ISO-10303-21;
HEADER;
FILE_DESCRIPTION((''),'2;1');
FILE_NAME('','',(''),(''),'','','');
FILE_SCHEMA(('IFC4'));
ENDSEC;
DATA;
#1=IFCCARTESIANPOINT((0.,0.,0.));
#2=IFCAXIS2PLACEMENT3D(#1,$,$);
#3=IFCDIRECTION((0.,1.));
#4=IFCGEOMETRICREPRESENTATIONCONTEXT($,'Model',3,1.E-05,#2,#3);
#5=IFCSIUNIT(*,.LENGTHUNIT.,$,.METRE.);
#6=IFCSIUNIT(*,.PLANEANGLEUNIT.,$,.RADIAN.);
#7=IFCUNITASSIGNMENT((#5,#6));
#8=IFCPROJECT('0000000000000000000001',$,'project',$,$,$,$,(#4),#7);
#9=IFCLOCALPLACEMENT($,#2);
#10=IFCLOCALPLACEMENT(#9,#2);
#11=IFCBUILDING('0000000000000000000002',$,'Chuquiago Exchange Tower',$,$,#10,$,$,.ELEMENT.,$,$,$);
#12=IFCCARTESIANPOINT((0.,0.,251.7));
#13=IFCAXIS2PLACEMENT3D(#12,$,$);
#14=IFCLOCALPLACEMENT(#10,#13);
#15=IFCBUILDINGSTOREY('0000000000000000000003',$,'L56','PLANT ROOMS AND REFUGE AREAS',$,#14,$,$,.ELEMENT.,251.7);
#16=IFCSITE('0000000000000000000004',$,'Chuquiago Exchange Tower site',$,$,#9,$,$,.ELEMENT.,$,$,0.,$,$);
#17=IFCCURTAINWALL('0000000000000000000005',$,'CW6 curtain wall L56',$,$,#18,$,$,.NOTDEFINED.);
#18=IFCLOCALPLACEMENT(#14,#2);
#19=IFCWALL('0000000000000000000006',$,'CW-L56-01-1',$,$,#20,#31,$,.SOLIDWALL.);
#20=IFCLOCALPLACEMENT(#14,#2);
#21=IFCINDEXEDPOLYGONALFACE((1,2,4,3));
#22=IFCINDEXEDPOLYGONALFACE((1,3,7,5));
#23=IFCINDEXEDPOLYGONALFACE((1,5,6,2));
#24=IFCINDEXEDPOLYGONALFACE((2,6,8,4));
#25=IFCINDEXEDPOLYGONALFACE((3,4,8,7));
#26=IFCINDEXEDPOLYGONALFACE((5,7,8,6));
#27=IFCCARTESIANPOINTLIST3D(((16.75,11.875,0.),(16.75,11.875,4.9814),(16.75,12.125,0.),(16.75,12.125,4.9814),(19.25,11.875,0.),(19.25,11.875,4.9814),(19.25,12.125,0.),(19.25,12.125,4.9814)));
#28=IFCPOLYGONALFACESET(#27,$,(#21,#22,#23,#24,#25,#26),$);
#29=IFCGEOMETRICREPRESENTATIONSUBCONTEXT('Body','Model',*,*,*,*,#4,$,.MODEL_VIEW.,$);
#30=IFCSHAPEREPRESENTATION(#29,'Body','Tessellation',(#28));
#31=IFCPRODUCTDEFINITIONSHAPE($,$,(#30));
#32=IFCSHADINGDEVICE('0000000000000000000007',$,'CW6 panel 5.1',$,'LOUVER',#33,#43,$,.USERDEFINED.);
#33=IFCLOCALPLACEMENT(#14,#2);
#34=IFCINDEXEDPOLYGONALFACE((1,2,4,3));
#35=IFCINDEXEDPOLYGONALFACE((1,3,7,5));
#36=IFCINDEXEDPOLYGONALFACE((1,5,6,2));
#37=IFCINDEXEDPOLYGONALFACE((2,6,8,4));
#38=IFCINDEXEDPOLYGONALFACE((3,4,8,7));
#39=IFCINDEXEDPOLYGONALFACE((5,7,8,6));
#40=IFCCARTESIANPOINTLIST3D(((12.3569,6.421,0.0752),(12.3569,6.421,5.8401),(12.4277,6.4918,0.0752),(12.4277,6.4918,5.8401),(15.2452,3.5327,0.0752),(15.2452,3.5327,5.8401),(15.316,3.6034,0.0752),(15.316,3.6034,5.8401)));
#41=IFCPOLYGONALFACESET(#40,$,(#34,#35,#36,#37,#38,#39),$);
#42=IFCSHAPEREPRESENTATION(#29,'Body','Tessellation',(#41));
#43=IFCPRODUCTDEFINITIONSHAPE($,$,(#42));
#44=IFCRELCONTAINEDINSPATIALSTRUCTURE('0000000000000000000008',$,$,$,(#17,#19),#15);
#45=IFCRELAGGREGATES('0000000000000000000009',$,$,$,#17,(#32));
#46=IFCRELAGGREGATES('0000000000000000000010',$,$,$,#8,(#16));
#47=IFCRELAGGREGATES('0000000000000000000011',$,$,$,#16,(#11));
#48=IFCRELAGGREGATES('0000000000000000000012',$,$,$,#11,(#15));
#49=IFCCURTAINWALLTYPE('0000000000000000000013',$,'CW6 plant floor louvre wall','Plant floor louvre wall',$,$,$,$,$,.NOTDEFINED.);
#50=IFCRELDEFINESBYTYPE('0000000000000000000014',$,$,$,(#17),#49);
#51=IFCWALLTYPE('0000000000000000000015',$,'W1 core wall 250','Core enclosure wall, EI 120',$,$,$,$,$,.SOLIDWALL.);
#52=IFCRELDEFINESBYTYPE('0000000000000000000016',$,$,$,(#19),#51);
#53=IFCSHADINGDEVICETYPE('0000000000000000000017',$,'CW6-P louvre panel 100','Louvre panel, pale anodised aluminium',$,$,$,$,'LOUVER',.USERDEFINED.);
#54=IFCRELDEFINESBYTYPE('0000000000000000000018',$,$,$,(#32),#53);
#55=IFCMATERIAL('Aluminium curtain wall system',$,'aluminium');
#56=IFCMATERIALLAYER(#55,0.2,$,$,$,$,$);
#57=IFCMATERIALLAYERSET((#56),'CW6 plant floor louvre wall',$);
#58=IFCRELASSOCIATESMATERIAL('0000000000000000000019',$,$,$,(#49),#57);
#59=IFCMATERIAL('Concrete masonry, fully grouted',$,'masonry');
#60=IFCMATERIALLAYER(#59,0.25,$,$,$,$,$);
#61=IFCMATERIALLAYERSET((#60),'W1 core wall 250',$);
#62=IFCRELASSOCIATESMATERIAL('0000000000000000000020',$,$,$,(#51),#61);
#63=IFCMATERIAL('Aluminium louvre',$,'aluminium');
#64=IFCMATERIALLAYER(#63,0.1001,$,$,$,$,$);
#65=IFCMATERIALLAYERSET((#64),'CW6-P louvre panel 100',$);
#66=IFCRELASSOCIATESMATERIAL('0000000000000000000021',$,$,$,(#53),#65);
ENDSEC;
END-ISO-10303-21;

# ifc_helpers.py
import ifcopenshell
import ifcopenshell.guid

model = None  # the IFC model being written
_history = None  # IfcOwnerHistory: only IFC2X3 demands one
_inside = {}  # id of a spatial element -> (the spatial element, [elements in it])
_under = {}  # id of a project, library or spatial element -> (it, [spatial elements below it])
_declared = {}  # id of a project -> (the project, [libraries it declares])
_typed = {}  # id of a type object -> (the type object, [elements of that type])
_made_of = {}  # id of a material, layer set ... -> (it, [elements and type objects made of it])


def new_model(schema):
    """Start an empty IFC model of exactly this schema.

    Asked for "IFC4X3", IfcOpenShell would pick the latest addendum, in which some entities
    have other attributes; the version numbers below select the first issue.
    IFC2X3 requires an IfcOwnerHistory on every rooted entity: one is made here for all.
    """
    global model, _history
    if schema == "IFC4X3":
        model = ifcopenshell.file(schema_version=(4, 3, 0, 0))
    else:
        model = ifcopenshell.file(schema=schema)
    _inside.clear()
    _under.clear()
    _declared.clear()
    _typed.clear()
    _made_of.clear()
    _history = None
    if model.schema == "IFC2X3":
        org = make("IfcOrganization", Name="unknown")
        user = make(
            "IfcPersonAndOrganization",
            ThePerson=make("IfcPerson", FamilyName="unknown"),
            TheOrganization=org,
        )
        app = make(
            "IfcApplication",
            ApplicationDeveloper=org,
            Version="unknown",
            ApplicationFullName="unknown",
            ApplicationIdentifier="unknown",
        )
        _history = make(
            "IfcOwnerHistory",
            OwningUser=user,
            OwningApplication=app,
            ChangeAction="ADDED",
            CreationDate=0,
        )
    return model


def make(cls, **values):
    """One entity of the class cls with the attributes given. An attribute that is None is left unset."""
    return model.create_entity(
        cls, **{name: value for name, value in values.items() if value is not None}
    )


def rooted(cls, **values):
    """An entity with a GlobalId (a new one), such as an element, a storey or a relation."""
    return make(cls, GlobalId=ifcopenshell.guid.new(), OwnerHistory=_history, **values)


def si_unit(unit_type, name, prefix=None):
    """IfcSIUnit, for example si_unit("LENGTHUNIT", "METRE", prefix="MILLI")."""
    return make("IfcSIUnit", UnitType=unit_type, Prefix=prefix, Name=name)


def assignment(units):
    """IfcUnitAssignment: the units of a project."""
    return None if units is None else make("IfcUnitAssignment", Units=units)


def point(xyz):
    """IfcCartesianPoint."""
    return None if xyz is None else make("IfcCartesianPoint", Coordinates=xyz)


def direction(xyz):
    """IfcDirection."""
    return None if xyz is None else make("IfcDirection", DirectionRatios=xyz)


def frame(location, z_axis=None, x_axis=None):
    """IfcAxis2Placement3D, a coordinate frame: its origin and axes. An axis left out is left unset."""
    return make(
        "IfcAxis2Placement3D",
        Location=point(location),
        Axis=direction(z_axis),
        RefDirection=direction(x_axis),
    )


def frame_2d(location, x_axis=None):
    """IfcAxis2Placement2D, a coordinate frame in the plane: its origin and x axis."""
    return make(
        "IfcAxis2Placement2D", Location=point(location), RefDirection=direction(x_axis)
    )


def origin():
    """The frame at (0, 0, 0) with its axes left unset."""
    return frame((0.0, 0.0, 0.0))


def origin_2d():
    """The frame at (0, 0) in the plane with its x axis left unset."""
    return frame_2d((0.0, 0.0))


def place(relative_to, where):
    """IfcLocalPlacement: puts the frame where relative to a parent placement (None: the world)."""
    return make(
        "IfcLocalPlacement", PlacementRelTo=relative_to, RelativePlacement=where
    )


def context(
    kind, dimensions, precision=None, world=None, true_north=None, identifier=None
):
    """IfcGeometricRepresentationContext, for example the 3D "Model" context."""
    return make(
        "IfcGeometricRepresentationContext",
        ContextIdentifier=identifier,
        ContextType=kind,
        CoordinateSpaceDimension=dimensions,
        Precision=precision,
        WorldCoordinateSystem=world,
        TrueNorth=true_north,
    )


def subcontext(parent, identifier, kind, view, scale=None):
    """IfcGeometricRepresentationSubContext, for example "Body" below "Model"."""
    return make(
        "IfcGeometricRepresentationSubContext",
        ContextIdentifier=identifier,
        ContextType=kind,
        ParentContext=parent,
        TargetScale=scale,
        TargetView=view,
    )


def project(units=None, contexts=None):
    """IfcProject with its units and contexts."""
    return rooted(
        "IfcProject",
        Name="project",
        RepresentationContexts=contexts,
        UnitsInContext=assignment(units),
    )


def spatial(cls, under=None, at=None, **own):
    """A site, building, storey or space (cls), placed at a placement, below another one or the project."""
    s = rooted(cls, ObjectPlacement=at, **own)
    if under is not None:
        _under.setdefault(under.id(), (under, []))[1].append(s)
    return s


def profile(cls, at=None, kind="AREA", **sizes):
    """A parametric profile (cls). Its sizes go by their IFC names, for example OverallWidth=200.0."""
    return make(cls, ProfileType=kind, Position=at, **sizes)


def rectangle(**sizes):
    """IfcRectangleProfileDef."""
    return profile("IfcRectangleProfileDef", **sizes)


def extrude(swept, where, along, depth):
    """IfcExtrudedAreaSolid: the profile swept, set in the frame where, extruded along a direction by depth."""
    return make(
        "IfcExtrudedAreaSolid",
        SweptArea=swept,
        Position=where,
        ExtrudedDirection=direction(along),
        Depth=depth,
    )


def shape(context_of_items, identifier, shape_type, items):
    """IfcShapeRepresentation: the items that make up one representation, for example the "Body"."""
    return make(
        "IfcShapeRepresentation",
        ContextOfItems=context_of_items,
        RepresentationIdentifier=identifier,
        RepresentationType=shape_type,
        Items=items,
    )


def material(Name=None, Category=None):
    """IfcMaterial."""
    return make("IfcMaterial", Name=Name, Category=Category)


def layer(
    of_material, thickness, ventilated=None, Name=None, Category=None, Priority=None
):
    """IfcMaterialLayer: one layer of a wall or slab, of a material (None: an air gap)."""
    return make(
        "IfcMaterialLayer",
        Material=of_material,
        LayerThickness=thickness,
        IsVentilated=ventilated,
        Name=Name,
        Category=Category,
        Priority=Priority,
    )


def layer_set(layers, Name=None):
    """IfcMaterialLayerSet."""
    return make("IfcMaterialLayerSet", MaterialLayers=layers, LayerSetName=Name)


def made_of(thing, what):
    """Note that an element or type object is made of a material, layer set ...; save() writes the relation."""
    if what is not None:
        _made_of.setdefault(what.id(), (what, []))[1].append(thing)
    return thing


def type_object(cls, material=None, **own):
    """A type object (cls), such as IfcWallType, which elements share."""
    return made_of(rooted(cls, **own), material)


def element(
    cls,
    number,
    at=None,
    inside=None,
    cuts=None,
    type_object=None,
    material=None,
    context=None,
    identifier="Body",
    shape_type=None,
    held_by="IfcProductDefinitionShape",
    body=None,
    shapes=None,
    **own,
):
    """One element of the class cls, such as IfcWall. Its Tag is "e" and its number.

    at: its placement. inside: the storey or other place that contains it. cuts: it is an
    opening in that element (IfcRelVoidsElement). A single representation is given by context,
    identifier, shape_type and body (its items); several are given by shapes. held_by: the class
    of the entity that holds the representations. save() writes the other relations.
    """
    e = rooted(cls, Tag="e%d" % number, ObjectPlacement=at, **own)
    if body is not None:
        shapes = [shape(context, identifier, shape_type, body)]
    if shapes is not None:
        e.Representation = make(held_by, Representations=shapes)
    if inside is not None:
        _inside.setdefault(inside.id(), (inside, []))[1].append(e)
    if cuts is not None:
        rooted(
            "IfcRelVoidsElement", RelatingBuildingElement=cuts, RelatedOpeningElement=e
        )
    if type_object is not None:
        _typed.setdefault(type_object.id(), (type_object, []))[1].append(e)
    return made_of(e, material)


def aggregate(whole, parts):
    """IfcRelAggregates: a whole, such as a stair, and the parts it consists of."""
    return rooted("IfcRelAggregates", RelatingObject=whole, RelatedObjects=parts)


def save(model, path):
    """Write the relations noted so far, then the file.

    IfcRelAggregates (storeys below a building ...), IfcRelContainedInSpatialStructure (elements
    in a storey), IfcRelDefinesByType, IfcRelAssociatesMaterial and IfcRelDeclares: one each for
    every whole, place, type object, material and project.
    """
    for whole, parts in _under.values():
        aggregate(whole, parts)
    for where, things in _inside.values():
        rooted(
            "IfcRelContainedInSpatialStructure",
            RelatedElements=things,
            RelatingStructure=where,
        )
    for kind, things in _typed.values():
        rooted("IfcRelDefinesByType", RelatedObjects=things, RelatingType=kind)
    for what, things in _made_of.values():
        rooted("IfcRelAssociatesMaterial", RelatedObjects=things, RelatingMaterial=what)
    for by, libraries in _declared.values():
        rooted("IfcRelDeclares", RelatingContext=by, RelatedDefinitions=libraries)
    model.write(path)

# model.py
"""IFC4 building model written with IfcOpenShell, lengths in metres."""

from ifc_helpers import new_model, si_unit, direction, frame, frame_2d, origin, origin_2d, place, context, subcontext, project, spatial, rectangle, extrude, material, layer, layer_set, type_object, element, aggregate, save


model = new_model("IFC4")

# Units and contexts
model_context = context("Model", 3, precision=1e-05, world=origin(), true_north=direction((0.0, 1.0)))
body_context = subcontext(model_context, "Body", "Model", "MODEL_VIEW")
ifc_project = project(units=[si_unit("LENGTHUNIT", "METRE"), si_unit("PLANEANGLEUNIT", "RADIAN")], contexts=[model_context])

# Site, building, storey
site_placement = place(None, origin())
site = spatial("IfcSite", under=ifc_project, at=site_placement, Name="Chuquiago Exchange Tower site", CompositionType="ELEMENT", RefElevation=0.0)
building_placement = place(site_placement, origin())
building = spatial("IfcBuilding", under=site, at=building_placement, Name="Chuquiago Exchange Tower", CompositionType="ELEMENT")
storey_placement = place(building_placement, frame((0.0, 0.0, 251.7)))
storey = spatial("IfcBuildingStorey", under=building, at=storey_placement, Name="L56", Description="PLANT ROOMS AND REFUGE AREAS", CompositionType="ELEMENT", Elevation=251.7)

# Curtain wall
ifc_material_1 = material(Name="Aluminium curtain wall system", Category="aluminium")
ifc_layer_1 = layer(ifc_material_1, 0.2)
ifc_layer_set_1 = layer_set([ifc_layer_1], Name="CW6 plant floor louvre wall")
curtain_wall_type = type_object("IfcCurtainWallType", Name="CW6 plant floor louvre wall", Description="Plant floor louvre wall", PredefinedType="NOTDEFINED", material=ifc_layer_set_1)
curtain_wall_placement = place(storey_placement, origin())
curtain_wall = element("IfcCurtainWall", 1, at=curtain_wall_placement, inside=storey, type_object=curtain_wall_type, Name="CW6 curtain wall L56", PredefinedType="NOTDEFINED")

# Shared definitions
ifc_material_2 = material(Name="Concrete masonry, fully grouted", Category="masonry")
ifc_layer_2 = layer(ifc_material_2, 0.25)
ifc_layer_set_2 = layer_set([ifc_layer_2], Name="W1 core wall 250")
wall_type = type_object("IfcWallType", Name="W1 core wall 250", Description="Core enclosure wall, EI 120", PredefinedType="SOLIDWALL", material=ifc_layer_set_2)

# Wall
wall_1_placement = place(storey_placement, frame((16.75, 12.0, 0.0), z_axis=(0.0, 0.0, 1.0), x_axis=(1.0, 0.0, 0.0)))
element("IfcWall", 2, at=wall_1_placement, inside=storey, type_object=wall_type, Name="CW-L56-01-1", PredefinedType="SOLIDWALL", context=body_context, shape_type="SweptSolid", body=[
    extrude(rectangle(XDim=2.5, YDim=0.25, at=frame_2d((1.25, 0.0))), origin(), (0.0, 0.0, 1.0), 4.9814),
])

# Shading device
ifc_material_3 = material(Name="Aluminium louvre", Category="aluminium")
ifc_layer_3 = layer(ifc_material_3, 0.1001)
ifc_layer_set_3 = layer_set([ifc_layer_3], Name="CW6-P louvre panel 100")
shading_device_type = type_object("IfcShadingDeviceType", Name="CW6-P louvre panel 100", Description="Louvre panel, pale anodised aluminium", ElementType="LOUVER", PredefinedType="USERDEFINED", material=ifc_layer_set_3)
shading_device_placement = place(storey_placement, frame((13.8364, 5.0122, 0.0752), z_axis=(0.0, 0.0, 1.0), x_axis=(0.707107, -0.707107, 0.0)))
shading_device = element("IfcShadingDevice", 3, at=shading_device_placement, type_object=shading_device_type, Name="CW6 panel 5.1", ObjectType="LOUVER", PredefinedType="USERDEFINED", context=body_context, shape_type="SweptSolid", body=[
    extrude(rectangle(XDim=4.0847, YDim=0.1001, at=origin_2d()), origin(), (0.0, 0.0, 1.0), 5.7649),
])
aggregate(curtain_wall, [shading_device])

save(model, "model.ifc")
